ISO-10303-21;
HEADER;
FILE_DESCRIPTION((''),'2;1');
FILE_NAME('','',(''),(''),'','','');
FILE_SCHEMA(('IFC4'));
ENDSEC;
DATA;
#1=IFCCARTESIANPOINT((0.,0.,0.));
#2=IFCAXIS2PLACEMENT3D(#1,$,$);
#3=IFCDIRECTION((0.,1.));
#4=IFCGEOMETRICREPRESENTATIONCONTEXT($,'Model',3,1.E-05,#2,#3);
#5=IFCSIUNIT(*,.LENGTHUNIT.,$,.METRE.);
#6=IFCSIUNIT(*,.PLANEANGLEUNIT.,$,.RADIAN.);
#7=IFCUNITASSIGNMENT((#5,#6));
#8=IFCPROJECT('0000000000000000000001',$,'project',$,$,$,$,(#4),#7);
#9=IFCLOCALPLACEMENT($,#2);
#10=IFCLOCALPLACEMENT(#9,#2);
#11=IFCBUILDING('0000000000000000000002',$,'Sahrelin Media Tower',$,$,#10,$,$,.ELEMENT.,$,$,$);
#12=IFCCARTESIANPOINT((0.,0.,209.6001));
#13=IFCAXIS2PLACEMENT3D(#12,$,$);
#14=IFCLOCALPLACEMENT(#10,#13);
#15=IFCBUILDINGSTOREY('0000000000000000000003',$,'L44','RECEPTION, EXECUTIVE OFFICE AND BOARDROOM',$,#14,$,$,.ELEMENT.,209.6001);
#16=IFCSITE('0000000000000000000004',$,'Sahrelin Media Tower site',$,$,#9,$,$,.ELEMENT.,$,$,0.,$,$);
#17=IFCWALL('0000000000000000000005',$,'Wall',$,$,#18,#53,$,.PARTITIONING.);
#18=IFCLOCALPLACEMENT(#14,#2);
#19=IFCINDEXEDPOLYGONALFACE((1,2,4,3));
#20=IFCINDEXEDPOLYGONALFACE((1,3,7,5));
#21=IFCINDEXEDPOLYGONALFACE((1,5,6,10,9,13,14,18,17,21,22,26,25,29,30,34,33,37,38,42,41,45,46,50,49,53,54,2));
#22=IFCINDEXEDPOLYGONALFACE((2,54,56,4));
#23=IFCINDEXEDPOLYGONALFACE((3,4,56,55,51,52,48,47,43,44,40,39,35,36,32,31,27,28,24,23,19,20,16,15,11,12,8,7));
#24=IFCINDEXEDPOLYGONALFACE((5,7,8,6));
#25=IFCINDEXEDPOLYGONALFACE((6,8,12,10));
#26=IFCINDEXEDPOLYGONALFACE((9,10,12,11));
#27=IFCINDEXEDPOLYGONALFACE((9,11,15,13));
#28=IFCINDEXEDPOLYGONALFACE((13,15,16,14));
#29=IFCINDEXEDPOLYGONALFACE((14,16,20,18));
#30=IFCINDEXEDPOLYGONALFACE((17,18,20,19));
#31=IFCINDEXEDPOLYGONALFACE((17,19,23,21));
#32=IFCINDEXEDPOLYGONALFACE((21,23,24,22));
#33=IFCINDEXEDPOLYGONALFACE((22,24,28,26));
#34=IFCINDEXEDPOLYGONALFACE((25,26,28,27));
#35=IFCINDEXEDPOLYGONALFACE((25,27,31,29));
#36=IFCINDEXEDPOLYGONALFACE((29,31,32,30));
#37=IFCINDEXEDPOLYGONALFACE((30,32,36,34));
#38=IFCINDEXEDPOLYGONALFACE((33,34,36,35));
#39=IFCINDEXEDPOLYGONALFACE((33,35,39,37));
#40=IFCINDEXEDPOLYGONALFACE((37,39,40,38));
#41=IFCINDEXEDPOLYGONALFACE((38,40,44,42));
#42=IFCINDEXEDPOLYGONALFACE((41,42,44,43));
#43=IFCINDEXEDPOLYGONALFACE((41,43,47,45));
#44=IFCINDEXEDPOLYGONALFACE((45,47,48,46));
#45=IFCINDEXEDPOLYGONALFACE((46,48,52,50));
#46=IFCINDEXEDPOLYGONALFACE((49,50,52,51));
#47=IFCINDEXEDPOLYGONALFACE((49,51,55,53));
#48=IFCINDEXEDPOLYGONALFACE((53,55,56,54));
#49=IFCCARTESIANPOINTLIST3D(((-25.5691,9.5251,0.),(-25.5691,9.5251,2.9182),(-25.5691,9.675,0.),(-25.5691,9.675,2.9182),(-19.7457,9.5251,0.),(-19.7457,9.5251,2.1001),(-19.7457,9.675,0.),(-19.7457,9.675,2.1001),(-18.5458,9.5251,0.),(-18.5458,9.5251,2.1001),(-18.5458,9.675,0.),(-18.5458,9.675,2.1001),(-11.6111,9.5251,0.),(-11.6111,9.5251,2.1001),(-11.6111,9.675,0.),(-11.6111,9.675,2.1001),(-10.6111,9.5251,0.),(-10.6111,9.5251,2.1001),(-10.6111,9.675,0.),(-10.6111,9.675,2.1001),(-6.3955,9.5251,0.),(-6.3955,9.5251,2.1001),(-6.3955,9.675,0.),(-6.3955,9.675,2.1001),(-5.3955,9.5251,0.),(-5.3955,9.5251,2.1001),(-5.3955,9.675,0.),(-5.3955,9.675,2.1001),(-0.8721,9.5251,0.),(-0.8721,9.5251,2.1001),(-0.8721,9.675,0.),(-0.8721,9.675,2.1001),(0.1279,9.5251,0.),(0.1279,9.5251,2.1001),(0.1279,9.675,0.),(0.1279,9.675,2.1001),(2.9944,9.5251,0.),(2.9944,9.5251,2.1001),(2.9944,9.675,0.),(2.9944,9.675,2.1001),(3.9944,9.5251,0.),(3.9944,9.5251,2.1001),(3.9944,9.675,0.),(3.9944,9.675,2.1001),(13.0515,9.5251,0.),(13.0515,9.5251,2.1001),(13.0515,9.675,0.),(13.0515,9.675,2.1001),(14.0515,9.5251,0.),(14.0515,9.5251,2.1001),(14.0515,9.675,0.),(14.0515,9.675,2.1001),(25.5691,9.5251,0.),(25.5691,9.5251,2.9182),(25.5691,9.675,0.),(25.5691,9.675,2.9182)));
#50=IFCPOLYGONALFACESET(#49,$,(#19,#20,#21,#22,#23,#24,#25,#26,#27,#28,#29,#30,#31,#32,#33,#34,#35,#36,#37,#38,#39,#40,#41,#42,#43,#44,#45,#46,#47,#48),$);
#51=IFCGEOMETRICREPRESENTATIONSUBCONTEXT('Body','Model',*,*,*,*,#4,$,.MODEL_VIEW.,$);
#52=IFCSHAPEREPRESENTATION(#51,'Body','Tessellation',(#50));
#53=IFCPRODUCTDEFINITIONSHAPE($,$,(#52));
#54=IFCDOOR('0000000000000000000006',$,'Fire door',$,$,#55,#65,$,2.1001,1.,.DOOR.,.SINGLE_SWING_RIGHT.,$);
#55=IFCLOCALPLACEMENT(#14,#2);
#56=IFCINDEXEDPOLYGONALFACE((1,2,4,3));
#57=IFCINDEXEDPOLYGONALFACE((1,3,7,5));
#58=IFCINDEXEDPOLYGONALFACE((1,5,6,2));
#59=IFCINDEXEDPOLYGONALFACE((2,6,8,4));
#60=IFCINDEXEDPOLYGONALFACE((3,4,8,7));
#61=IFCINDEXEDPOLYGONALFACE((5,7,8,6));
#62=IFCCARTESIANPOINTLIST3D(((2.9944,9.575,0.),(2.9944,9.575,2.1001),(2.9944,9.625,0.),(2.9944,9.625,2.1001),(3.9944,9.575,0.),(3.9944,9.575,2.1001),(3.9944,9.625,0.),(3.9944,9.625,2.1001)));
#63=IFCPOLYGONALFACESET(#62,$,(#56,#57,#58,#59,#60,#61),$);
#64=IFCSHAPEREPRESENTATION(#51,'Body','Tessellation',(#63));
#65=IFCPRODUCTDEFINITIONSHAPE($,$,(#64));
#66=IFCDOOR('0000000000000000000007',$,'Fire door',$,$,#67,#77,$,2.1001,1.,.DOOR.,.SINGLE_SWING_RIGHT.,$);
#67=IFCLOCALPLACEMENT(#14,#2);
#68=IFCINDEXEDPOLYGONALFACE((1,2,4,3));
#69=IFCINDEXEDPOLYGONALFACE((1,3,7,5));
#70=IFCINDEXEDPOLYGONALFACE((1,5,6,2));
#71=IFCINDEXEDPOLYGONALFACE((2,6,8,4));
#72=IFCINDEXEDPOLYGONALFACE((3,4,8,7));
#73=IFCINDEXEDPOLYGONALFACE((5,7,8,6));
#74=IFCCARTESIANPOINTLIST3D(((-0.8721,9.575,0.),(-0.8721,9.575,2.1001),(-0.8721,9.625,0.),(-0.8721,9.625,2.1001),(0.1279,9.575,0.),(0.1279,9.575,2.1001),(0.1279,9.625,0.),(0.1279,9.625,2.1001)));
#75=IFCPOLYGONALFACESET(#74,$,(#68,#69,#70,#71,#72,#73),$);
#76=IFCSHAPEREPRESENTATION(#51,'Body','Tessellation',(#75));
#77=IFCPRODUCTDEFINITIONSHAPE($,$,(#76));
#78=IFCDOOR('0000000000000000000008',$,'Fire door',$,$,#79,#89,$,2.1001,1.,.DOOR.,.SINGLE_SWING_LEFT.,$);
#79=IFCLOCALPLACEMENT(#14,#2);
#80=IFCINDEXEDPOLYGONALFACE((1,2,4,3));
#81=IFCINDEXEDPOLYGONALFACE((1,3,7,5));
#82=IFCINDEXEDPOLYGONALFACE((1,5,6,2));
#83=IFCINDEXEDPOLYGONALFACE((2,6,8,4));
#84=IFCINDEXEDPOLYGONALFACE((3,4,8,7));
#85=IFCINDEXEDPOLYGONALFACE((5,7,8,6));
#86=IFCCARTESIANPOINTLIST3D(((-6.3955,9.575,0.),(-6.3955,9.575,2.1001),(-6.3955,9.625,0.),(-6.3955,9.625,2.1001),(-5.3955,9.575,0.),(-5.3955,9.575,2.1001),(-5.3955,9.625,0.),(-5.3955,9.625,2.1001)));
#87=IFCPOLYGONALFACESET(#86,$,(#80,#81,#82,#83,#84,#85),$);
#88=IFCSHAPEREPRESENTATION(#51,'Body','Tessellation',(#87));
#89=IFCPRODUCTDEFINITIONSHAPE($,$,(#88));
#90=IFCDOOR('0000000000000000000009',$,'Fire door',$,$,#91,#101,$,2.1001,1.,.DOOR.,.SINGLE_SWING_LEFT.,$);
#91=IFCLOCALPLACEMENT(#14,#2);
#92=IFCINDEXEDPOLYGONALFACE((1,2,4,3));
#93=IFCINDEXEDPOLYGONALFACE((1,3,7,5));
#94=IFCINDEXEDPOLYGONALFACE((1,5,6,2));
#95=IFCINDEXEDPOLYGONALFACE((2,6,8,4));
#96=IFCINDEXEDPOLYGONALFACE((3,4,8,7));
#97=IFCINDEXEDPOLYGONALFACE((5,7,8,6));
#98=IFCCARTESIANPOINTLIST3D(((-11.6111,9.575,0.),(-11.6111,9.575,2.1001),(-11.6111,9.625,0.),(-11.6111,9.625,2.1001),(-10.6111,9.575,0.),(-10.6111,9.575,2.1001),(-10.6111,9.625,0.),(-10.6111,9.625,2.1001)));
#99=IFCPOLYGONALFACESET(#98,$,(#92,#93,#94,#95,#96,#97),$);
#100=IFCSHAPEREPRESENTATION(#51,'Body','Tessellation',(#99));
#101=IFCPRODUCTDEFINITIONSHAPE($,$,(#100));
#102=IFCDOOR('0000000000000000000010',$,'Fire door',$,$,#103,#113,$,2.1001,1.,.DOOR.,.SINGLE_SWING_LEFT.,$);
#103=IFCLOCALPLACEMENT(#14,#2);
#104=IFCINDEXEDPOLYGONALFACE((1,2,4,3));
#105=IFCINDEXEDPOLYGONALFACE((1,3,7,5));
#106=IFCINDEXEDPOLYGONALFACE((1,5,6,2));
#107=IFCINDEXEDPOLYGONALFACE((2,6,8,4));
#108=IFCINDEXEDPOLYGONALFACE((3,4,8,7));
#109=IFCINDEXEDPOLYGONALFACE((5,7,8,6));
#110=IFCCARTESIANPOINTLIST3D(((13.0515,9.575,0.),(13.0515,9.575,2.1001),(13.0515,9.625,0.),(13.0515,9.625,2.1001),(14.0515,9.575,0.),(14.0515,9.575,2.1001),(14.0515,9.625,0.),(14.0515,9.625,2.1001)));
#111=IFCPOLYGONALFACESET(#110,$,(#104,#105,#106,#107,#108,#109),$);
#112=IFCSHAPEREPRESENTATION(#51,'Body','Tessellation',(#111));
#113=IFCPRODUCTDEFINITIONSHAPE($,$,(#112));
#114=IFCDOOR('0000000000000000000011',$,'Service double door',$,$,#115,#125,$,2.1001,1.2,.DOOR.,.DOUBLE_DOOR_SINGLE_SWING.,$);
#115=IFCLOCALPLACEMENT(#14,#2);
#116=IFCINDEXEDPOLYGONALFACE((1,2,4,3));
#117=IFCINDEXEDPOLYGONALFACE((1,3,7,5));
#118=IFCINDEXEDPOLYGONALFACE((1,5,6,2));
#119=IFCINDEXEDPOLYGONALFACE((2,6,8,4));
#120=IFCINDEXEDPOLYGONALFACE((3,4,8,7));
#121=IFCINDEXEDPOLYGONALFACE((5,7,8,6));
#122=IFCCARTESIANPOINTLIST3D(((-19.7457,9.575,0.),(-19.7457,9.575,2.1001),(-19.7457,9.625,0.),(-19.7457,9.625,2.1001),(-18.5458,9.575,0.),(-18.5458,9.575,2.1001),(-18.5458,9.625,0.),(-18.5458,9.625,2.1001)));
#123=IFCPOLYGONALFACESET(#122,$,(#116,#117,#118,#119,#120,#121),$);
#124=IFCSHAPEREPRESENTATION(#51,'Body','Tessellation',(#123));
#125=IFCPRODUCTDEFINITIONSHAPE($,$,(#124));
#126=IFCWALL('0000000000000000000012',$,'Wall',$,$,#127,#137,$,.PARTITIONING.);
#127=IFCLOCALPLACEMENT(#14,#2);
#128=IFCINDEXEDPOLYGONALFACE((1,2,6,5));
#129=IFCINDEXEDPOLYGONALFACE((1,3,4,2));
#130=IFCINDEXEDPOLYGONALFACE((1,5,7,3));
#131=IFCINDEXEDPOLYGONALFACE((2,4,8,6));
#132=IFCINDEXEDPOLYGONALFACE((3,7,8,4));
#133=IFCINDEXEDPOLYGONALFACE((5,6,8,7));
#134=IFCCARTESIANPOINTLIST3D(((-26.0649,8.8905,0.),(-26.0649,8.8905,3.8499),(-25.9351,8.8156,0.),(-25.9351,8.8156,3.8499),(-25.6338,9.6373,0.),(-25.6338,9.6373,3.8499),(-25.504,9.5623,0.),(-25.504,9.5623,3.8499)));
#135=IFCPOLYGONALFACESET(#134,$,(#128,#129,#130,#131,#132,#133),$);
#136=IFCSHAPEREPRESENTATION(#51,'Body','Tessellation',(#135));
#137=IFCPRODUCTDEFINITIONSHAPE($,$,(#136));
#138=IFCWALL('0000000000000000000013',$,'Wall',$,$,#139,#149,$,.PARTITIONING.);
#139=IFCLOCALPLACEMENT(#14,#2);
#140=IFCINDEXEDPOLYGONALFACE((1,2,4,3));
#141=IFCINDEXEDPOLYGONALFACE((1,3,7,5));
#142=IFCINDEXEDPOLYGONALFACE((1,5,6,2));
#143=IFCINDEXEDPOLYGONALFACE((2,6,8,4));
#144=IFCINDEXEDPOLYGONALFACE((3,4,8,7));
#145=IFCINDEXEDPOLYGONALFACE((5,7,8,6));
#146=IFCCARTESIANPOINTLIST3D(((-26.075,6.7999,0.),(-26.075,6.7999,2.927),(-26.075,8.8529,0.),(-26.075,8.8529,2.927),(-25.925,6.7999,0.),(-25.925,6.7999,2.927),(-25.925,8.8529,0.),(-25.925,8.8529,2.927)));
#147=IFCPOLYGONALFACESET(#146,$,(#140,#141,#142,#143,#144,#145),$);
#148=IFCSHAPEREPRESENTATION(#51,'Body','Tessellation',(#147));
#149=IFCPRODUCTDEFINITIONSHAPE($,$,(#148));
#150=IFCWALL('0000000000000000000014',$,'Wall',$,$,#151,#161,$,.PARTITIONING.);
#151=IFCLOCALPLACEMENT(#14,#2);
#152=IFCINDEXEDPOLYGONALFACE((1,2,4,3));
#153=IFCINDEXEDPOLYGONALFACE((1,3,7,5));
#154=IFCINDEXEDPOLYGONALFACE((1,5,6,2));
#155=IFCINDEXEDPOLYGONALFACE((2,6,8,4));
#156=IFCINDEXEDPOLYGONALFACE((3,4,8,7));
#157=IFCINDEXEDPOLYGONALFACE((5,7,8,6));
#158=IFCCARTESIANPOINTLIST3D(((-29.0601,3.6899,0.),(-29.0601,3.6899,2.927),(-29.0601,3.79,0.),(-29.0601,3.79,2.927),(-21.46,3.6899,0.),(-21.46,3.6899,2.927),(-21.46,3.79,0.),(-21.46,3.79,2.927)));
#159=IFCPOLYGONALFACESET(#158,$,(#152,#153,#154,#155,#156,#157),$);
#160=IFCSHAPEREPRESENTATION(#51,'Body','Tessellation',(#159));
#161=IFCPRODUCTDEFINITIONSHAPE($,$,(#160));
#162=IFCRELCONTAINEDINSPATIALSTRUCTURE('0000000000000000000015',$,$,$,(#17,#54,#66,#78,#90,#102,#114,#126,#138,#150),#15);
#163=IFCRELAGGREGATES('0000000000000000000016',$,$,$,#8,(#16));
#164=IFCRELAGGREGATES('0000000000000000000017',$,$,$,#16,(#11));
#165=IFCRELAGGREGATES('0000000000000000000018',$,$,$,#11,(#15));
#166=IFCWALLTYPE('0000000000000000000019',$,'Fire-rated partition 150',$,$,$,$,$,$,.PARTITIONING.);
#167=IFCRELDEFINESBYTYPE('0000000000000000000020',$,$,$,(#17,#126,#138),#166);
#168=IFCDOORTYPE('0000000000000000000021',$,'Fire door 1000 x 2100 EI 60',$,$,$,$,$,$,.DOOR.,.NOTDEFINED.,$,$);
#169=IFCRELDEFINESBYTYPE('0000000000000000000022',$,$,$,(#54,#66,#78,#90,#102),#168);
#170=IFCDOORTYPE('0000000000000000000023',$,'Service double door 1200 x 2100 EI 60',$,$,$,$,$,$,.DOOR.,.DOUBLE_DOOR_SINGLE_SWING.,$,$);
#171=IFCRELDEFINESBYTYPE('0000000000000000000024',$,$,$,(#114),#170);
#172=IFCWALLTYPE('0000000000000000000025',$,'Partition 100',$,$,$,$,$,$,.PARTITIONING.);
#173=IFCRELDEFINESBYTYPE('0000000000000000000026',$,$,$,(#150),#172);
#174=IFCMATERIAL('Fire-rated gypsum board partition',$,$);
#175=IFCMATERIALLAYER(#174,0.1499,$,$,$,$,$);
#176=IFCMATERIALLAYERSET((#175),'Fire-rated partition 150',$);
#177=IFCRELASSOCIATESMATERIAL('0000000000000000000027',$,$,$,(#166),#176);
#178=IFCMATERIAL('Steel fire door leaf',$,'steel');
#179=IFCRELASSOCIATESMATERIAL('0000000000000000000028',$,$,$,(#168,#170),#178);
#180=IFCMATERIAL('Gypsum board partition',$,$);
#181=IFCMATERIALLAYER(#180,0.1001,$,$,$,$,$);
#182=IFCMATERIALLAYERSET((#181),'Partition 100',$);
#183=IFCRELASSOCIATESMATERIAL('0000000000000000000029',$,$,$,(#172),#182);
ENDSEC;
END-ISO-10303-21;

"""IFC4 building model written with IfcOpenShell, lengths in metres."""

from ifc_helpers import new_model, si_unit, direction, frame, frame_2d, origin, place, context, subcontext, project, spatial, rectangle, extrude, material, layer, layer_set, type_object, element, fill, save


model = new_model("IFC4")

# Units and contexts
model_context = context("Model", 3, precision=1e-05, world=origin(), true_north=direction((0.0, 1.0)))
body_context = subcontext(model_context, "Body", "Model", "MODEL_VIEW")
ifc_project = project(units=[si_unit("LENGTHUNIT", "METRE"), si_unit("PLANEANGLEUNIT", "RADIAN")], contexts=[model_context])

# Site, building, storey
site_placement = place(None, origin())
site = spatial("IfcSite", under=ifc_project, at=site_placement, Name="Sahrelin Media Tower site", CompositionType="ELEMENT", RefElevation=0.0)
building_placement = place(site_placement, origin())
building = spatial("IfcBuilding", under=site, at=building_placement, Name="Sahrelin Media Tower", CompositionType="ELEMENT")
storey_placement = place(building_placement, frame((0.0, 0.0, 209.6001)))
storey = spatial("IfcBuildingStorey", under=building, at=storey_placement, Name="L44", Description="RECEPTION, EXECUTIVE OFFICE AND BOARDROOM", CompositionType="ELEMENT", Elevation=209.6001)

# Shared definitions
ifc_material_1 = material(Name="Fire-rated gypsum board partition")
ifc_layer_1 = layer(ifc_material_1, 0.1499)
ifc_layer_set_1 = layer_set([ifc_layer_1], Name="Fire-rated partition 150")
wall_type_1 = type_object("IfcWallType", Name="Fire-rated partition 150", PredefinedType="PARTITIONING", material=ifc_layer_set_1)

# Wall, openings, doors
wall_1_placement = place(storey_placement, frame((-25.5691, 9.6001, 0.0), z_axis=(0.0, 0.0, 1.0), x_axis=(1.0, 0.0, 0.0)))
wall_1 = element("IfcWall", 1, at=wall_1_placement, inside=storey, type_object=wall_type_1, Name="Wall", PredefinedType="PARTITIONING", context=body_context, shape_type="SweptSolid", body=[
    extrude(rectangle(XDim=51.1382, YDim=0.1499, at=frame_2d((25.5691, 0.0))), origin(), (0.0, 0.0, 1.0), 2.9182),
])
opening_1_placement = place(wall_1_placement, frame((28.5635, 0.0, 0.0)))
opening_1 = element("IfcOpeningElement", 2, at=opening_1_placement, cuts=wall_1, PredefinedType="OPENING", context=body_context, shape_type="SweptSolid", body=[
    extrude(rectangle(XDim=1.0, YDim=2.1001, at=frame_2d((0.5, 1.05))), frame((0.0, 0.075, 0.0), z_axis=(0.0, -1.0, 0.0), x_axis=(1.0, 0.0, 0.0)), (0.0, 0.0, 1.0), 0.1499),
])
opening_2_placement = place(wall_1_placement, frame((24.697, 0.0, 0.0)))
opening_2 = element("IfcOpeningElement", 3, at=opening_2_placement, cuts=wall_1, PredefinedType="OPENING", context=body_context, shape_type="SweptSolid", body=[
    extrude(rectangle(XDim=1.0, YDim=2.1001, at=frame_2d((0.5, 1.05))), frame((0.0, 0.075, 0.0), z_axis=(0.0, -1.0, 0.0), x_axis=(1.0, 0.0, 0.0)), (0.0, 0.0, 1.0), 0.1499),
])
opening_3_placement = place(wall_1_placement, frame((19.1736, 0.0, 0.0)))
opening_3 = element("IfcOpeningElement", 4, at=opening_3_placement, cuts=wall_1, PredefinedType="OPENING", context=body_context, shape_type="SweptSolid", body=[
    extrude(rectangle(XDim=1.0, YDim=2.1001, at=frame_2d((0.5, 1.05))), frame((0.0, 0.075, 0.0), z_axis=(0.0, -1.0, 0.0), x_axis=(1.0, 0.0, 0.0)), (0.0, 0.0, 1.0), 0.1499),
])
opening_4_placement = place(wall_1_placement, frame((13.958, 0.0, 0.0)))
opening_4 = element("IfcOpeningElement", 5, at=opening_4_placement, cuts=wall_1, PredefinedType="OPENING", context=body_context, shape_type="SweptSolid", body=[
    extrude(rectangle(XDim=1.0, YDim=2.1001, at=frame_2d((0.5, 1.05))), frame((0.0, 0.075, 0.0), z_axis=(0.0, -1.0, 0.0), x_axis=(1.0, 0.0, 0.0)), (0.0, 0.0, 1.0), 0.1499),
])
opening_5_placement = place(wall_1_placement, frame((5.8232, 0.0, 0.0)))
opening_5 = element("IfcOpeningElement", 6, at=opening_5_placement, cuts=wall_1, PredefinedType="OPENING", context=body_context, shape_type="SweptSolid", body=[
    extrude(rectangle(XDim=1.2, YDim=2.1001, at=frame_2d((0.6001, 1.05))), frame((0.0, 0.075, 0.0), z_axis=(0.0, -1.0, 0.0), x_axis=(1.0, 0.0, 0.0)), (0.0, 0.0, 1.0), 0.1499),
])
opening_6_placement = place(wall_1_placement, frame((38.6206, 0.0, 0.0)))
opening_6 = element("IfcOpeningElement", 7, at=opening_6_placement, cuts=wall_1, PredefinedType="OPENING", context=body_context, shape_type="SweptSolid", body=[
    extrude(rectangle(XDim=1.0, YDim=2.1001, at=frame_2d((0.5, 1.05))), frame((0.0, 0.075, 0.0), z_axis=(0.0, -1.0, 0.0), x_axis=(1.0, 0.0, 0.0)), (0.0, 0.0, 1.0), 0.1499),
])
ifc_material_2 = material(Name="Steel fire door leaf", Category="steel")
door_type_1 = type_object("IfcDoorType", Name="Fire door 1000 x 2100 EI 60", OperationType="NOTDEFINED", PredefinedType="DOOR", material=ifc_material_2)
door_1_placement = place(opening_1_placement, origin())
door_1 = element("IfcDoor", 8, at=door_1_placement, inside=storey, type_object=door_type_1, Name="Fire door", OperationType="SINGLE_SWING_RIGHT", OverallHeight=2.1001, OverallWidth=1.0, PredefinedType="DOOR", context=body_context, shape_type="SweptSolid", body=[
    extrude(rectangle(XDim=1.0, YDim=2.1001, at=frame_2d((0.5, 1.05))), frame((0.0, 0.0249, 0.0), z_axis=(0.0, -1.0, 0.0), x_axis=(1.0, 0.0, 0.0)), (0.0, 0.0, 1.0), 0.05),
])
fill(opening_1, door_1)
door_2_placement = place(opening_2_placement, origin())
door_2 = element("IfcDoor", 9, at=door_2_placement, inside=storey, type_object=door_type_1, Name="Fire door", OperationType="SINGLE_SWING_RIGHT", OverallHeight=2.1001, OverallWidth=1.0, PredefinedType="DOOR", context=body_context, shape_type="SweptSolid", body=[
    extrude(rectangle(XDim=1.0, YDim=2.1001, at=frame_2d((0.5, 1.05))), frame((0.0, 0.0249, 0.0), z_axis=(0.0, -1.0, 0.0), x_axis=(1.0, 0.0, 0.0)), (0.0, 0.0, 1.0), 0.05),
])
fill(opening_2, door_2)
door_3_placement = place(opening_3_placement, origin())
door_3 = element("IfcDoor", 10, at=door_3_placement, inside=storey, type_object=door_type_1, Name="Fire door", OperationType="SINGLE_SWING_LEFT", OverallHeight=2.1001, OverallWidth=1.0, PredefinedType="DOOR", context=body_context, shape_type="SweptSolid", body=[
    extrude(rectangle(XDim=1.0, YDim=2.1001, at=frame_2d((0.5, 1.05))), frame((0.0, 0.0249, 0.0), z_axis=(0.0, -1.0, 0.0), x_axis=(1.0, 0.0, 0.0)), (0.0, 0.0, 1.0), 0.05),
])
fill(opening_3, door_3)
door_4_placement = place(opening_4_placement, origin())
door_4 = element("IfcDoor", 11, at=door_4_placement, inside=storey, type_object=door_type_1, Name="Fire door", OperationType="SINGLE_SWING_LEFT", OverallHeight=2.1001, OverallWidth=1.0, PredefinedType="DOOR", context=body_context, shape_type="SweptSolid", body=[
    extrude(rectangle(XDim=1.0, YDim=2.1001, at=frame_2d((0.5, 1.05))), frame((0.0, 0.0249, 0.0), z_axis=(0.0, -1.0, 0.0), x_axis=(1.0, 0.0, 0.0)), (0.0, 0.0, 1.0), 0.05),
])
fill(opening_4, door_4)
door_5_placement = place(opening_6_placement, origin())
door_5 = element("IfcDoor", 12, at=door_5_placement, inside=storey, type_object=door_type_1, Name="Fire door", OperationType="SINGLE_SWING_LEFT", OverallHeight=2.1001, OverallWidth=1.0, PredefinedType="DOOR", context=body_context, shape_type="SweptSolid", body=[
    extrude(rectangle(XDim=1.0, YDim=2.1001, at=frame_2d((0.5, 1.05))), frame((0.0, 0.0249, 0.0), z_axis=(0.0, -1.0, 0.0), x_axis=(1.0, 0.0, 0.0)), (0.0, 0.0, 1.0), 0.05),
])
fill(opening_6, door_5)
door_type_2 = type_object("IfcDoorType", Name="Service double door 1200 x 2100 EI 60", OperationType="DOUBLE_DOOR_SINGLE_SWING", PredefinedType="DOOR", material=ifc_material_2)
door_6_placement = place(opening_5_placement, origin())
door_6 = element("IfcDoor", 13, at=door_6_placement, inside=storey, type_object=door_type_2, Name="Service double door", OperationType="DOUBLE_DOOR_SINGLE_SWING", OverallHeight=2.1001, OverallWidth=1.2, PredefinedType="DOOR", context=body_context, shape_type="SweptSolid", body=[
    extrude(rectangle(XDim=1.2, YDim=2.1001, at=frame_2d((0.6001, 1.05))), frame((0.0, 0.0249, 0.0), z_axis=(0.0, -1.0, 0.0), x_axis=(1.0, 0.0, 0.0)), (0.0, 0.0, 1.0), 0.05),
])
fill(opening_5, door_6)

# Walls
wall_2_placement = place(storey_placement, frame((-26.0, 8.853, 0.0), z_axis=(0.0, 0.0, 1.0), x_axis=(0.499976, 0.866039, 0.0)))
element("IfcWall", 14, at=wall_2_placement, inside=storey, type_object=wall_type_1, Name="Wall", PredefinedType="PARTITIONING", context=body_context, shape_type="SweptSolid", body=[
    extrude(rectangle(XDim=0.8623, YDim=0.1499, at=frame_2d((0.4312, 0.0))), origin(), (0.0, 0.0, 1.0), 3.8499),
])
wall_3_placement = place(storey_placement, frame((-26.0, 6.8, 0.0), z_axis=(0.0, 0.0, 1.0), x_axis=(0.0, 1.0, 0.0)))
element("IfcWall", 15, at=wall_3_placement, inside=storey, type_object=wall_type_1, Name="Wall", PredefinedType="PARTITIONING", context=body_context, shape_type="SweptSolid", body=[
    extrude(rectangle(XDim=2.053, YDim=0.1499, at=frame_2d((1.0264, 0.0))), origin(), (0.0, 0.0, 1.0), 2.927),
])
ifc_material_3 = material(Name="Gypsum board partition")
ifc_layer_2 = layer(ifc_material_3, 0.1001)
ifc_layer_set_2 = layer_set([ifc_layer_2], Name="Partition 100")
wall_type_2 = type_object("IfcWallType", Name="Partition 100", PredefinedType="PARTITIONING", material=ifc_layer_set_2)
wall_4_placement = place(storey_placement, frame((-29.0601, 3.74, 0.0), z_axis=(0.0, 0.0, 1.0), x_axis=(1.0, 0.0, 0.0)))
element("IfcWall", 16, at=wall_4_placement, inside=storey, type_object=wall_type_2, Name="Wall", PredefinedType="PARTITIONING", context=body_context, shape_type="SweptSolid", body=[
    extrude(rectangle(XDim=7.6001, YDim=0.1001, at=frame_2d((3.8, 0.0))), origin(), (0.0, 0.0, 1.0), 2.927),
])

save(model, "model.ifc")
